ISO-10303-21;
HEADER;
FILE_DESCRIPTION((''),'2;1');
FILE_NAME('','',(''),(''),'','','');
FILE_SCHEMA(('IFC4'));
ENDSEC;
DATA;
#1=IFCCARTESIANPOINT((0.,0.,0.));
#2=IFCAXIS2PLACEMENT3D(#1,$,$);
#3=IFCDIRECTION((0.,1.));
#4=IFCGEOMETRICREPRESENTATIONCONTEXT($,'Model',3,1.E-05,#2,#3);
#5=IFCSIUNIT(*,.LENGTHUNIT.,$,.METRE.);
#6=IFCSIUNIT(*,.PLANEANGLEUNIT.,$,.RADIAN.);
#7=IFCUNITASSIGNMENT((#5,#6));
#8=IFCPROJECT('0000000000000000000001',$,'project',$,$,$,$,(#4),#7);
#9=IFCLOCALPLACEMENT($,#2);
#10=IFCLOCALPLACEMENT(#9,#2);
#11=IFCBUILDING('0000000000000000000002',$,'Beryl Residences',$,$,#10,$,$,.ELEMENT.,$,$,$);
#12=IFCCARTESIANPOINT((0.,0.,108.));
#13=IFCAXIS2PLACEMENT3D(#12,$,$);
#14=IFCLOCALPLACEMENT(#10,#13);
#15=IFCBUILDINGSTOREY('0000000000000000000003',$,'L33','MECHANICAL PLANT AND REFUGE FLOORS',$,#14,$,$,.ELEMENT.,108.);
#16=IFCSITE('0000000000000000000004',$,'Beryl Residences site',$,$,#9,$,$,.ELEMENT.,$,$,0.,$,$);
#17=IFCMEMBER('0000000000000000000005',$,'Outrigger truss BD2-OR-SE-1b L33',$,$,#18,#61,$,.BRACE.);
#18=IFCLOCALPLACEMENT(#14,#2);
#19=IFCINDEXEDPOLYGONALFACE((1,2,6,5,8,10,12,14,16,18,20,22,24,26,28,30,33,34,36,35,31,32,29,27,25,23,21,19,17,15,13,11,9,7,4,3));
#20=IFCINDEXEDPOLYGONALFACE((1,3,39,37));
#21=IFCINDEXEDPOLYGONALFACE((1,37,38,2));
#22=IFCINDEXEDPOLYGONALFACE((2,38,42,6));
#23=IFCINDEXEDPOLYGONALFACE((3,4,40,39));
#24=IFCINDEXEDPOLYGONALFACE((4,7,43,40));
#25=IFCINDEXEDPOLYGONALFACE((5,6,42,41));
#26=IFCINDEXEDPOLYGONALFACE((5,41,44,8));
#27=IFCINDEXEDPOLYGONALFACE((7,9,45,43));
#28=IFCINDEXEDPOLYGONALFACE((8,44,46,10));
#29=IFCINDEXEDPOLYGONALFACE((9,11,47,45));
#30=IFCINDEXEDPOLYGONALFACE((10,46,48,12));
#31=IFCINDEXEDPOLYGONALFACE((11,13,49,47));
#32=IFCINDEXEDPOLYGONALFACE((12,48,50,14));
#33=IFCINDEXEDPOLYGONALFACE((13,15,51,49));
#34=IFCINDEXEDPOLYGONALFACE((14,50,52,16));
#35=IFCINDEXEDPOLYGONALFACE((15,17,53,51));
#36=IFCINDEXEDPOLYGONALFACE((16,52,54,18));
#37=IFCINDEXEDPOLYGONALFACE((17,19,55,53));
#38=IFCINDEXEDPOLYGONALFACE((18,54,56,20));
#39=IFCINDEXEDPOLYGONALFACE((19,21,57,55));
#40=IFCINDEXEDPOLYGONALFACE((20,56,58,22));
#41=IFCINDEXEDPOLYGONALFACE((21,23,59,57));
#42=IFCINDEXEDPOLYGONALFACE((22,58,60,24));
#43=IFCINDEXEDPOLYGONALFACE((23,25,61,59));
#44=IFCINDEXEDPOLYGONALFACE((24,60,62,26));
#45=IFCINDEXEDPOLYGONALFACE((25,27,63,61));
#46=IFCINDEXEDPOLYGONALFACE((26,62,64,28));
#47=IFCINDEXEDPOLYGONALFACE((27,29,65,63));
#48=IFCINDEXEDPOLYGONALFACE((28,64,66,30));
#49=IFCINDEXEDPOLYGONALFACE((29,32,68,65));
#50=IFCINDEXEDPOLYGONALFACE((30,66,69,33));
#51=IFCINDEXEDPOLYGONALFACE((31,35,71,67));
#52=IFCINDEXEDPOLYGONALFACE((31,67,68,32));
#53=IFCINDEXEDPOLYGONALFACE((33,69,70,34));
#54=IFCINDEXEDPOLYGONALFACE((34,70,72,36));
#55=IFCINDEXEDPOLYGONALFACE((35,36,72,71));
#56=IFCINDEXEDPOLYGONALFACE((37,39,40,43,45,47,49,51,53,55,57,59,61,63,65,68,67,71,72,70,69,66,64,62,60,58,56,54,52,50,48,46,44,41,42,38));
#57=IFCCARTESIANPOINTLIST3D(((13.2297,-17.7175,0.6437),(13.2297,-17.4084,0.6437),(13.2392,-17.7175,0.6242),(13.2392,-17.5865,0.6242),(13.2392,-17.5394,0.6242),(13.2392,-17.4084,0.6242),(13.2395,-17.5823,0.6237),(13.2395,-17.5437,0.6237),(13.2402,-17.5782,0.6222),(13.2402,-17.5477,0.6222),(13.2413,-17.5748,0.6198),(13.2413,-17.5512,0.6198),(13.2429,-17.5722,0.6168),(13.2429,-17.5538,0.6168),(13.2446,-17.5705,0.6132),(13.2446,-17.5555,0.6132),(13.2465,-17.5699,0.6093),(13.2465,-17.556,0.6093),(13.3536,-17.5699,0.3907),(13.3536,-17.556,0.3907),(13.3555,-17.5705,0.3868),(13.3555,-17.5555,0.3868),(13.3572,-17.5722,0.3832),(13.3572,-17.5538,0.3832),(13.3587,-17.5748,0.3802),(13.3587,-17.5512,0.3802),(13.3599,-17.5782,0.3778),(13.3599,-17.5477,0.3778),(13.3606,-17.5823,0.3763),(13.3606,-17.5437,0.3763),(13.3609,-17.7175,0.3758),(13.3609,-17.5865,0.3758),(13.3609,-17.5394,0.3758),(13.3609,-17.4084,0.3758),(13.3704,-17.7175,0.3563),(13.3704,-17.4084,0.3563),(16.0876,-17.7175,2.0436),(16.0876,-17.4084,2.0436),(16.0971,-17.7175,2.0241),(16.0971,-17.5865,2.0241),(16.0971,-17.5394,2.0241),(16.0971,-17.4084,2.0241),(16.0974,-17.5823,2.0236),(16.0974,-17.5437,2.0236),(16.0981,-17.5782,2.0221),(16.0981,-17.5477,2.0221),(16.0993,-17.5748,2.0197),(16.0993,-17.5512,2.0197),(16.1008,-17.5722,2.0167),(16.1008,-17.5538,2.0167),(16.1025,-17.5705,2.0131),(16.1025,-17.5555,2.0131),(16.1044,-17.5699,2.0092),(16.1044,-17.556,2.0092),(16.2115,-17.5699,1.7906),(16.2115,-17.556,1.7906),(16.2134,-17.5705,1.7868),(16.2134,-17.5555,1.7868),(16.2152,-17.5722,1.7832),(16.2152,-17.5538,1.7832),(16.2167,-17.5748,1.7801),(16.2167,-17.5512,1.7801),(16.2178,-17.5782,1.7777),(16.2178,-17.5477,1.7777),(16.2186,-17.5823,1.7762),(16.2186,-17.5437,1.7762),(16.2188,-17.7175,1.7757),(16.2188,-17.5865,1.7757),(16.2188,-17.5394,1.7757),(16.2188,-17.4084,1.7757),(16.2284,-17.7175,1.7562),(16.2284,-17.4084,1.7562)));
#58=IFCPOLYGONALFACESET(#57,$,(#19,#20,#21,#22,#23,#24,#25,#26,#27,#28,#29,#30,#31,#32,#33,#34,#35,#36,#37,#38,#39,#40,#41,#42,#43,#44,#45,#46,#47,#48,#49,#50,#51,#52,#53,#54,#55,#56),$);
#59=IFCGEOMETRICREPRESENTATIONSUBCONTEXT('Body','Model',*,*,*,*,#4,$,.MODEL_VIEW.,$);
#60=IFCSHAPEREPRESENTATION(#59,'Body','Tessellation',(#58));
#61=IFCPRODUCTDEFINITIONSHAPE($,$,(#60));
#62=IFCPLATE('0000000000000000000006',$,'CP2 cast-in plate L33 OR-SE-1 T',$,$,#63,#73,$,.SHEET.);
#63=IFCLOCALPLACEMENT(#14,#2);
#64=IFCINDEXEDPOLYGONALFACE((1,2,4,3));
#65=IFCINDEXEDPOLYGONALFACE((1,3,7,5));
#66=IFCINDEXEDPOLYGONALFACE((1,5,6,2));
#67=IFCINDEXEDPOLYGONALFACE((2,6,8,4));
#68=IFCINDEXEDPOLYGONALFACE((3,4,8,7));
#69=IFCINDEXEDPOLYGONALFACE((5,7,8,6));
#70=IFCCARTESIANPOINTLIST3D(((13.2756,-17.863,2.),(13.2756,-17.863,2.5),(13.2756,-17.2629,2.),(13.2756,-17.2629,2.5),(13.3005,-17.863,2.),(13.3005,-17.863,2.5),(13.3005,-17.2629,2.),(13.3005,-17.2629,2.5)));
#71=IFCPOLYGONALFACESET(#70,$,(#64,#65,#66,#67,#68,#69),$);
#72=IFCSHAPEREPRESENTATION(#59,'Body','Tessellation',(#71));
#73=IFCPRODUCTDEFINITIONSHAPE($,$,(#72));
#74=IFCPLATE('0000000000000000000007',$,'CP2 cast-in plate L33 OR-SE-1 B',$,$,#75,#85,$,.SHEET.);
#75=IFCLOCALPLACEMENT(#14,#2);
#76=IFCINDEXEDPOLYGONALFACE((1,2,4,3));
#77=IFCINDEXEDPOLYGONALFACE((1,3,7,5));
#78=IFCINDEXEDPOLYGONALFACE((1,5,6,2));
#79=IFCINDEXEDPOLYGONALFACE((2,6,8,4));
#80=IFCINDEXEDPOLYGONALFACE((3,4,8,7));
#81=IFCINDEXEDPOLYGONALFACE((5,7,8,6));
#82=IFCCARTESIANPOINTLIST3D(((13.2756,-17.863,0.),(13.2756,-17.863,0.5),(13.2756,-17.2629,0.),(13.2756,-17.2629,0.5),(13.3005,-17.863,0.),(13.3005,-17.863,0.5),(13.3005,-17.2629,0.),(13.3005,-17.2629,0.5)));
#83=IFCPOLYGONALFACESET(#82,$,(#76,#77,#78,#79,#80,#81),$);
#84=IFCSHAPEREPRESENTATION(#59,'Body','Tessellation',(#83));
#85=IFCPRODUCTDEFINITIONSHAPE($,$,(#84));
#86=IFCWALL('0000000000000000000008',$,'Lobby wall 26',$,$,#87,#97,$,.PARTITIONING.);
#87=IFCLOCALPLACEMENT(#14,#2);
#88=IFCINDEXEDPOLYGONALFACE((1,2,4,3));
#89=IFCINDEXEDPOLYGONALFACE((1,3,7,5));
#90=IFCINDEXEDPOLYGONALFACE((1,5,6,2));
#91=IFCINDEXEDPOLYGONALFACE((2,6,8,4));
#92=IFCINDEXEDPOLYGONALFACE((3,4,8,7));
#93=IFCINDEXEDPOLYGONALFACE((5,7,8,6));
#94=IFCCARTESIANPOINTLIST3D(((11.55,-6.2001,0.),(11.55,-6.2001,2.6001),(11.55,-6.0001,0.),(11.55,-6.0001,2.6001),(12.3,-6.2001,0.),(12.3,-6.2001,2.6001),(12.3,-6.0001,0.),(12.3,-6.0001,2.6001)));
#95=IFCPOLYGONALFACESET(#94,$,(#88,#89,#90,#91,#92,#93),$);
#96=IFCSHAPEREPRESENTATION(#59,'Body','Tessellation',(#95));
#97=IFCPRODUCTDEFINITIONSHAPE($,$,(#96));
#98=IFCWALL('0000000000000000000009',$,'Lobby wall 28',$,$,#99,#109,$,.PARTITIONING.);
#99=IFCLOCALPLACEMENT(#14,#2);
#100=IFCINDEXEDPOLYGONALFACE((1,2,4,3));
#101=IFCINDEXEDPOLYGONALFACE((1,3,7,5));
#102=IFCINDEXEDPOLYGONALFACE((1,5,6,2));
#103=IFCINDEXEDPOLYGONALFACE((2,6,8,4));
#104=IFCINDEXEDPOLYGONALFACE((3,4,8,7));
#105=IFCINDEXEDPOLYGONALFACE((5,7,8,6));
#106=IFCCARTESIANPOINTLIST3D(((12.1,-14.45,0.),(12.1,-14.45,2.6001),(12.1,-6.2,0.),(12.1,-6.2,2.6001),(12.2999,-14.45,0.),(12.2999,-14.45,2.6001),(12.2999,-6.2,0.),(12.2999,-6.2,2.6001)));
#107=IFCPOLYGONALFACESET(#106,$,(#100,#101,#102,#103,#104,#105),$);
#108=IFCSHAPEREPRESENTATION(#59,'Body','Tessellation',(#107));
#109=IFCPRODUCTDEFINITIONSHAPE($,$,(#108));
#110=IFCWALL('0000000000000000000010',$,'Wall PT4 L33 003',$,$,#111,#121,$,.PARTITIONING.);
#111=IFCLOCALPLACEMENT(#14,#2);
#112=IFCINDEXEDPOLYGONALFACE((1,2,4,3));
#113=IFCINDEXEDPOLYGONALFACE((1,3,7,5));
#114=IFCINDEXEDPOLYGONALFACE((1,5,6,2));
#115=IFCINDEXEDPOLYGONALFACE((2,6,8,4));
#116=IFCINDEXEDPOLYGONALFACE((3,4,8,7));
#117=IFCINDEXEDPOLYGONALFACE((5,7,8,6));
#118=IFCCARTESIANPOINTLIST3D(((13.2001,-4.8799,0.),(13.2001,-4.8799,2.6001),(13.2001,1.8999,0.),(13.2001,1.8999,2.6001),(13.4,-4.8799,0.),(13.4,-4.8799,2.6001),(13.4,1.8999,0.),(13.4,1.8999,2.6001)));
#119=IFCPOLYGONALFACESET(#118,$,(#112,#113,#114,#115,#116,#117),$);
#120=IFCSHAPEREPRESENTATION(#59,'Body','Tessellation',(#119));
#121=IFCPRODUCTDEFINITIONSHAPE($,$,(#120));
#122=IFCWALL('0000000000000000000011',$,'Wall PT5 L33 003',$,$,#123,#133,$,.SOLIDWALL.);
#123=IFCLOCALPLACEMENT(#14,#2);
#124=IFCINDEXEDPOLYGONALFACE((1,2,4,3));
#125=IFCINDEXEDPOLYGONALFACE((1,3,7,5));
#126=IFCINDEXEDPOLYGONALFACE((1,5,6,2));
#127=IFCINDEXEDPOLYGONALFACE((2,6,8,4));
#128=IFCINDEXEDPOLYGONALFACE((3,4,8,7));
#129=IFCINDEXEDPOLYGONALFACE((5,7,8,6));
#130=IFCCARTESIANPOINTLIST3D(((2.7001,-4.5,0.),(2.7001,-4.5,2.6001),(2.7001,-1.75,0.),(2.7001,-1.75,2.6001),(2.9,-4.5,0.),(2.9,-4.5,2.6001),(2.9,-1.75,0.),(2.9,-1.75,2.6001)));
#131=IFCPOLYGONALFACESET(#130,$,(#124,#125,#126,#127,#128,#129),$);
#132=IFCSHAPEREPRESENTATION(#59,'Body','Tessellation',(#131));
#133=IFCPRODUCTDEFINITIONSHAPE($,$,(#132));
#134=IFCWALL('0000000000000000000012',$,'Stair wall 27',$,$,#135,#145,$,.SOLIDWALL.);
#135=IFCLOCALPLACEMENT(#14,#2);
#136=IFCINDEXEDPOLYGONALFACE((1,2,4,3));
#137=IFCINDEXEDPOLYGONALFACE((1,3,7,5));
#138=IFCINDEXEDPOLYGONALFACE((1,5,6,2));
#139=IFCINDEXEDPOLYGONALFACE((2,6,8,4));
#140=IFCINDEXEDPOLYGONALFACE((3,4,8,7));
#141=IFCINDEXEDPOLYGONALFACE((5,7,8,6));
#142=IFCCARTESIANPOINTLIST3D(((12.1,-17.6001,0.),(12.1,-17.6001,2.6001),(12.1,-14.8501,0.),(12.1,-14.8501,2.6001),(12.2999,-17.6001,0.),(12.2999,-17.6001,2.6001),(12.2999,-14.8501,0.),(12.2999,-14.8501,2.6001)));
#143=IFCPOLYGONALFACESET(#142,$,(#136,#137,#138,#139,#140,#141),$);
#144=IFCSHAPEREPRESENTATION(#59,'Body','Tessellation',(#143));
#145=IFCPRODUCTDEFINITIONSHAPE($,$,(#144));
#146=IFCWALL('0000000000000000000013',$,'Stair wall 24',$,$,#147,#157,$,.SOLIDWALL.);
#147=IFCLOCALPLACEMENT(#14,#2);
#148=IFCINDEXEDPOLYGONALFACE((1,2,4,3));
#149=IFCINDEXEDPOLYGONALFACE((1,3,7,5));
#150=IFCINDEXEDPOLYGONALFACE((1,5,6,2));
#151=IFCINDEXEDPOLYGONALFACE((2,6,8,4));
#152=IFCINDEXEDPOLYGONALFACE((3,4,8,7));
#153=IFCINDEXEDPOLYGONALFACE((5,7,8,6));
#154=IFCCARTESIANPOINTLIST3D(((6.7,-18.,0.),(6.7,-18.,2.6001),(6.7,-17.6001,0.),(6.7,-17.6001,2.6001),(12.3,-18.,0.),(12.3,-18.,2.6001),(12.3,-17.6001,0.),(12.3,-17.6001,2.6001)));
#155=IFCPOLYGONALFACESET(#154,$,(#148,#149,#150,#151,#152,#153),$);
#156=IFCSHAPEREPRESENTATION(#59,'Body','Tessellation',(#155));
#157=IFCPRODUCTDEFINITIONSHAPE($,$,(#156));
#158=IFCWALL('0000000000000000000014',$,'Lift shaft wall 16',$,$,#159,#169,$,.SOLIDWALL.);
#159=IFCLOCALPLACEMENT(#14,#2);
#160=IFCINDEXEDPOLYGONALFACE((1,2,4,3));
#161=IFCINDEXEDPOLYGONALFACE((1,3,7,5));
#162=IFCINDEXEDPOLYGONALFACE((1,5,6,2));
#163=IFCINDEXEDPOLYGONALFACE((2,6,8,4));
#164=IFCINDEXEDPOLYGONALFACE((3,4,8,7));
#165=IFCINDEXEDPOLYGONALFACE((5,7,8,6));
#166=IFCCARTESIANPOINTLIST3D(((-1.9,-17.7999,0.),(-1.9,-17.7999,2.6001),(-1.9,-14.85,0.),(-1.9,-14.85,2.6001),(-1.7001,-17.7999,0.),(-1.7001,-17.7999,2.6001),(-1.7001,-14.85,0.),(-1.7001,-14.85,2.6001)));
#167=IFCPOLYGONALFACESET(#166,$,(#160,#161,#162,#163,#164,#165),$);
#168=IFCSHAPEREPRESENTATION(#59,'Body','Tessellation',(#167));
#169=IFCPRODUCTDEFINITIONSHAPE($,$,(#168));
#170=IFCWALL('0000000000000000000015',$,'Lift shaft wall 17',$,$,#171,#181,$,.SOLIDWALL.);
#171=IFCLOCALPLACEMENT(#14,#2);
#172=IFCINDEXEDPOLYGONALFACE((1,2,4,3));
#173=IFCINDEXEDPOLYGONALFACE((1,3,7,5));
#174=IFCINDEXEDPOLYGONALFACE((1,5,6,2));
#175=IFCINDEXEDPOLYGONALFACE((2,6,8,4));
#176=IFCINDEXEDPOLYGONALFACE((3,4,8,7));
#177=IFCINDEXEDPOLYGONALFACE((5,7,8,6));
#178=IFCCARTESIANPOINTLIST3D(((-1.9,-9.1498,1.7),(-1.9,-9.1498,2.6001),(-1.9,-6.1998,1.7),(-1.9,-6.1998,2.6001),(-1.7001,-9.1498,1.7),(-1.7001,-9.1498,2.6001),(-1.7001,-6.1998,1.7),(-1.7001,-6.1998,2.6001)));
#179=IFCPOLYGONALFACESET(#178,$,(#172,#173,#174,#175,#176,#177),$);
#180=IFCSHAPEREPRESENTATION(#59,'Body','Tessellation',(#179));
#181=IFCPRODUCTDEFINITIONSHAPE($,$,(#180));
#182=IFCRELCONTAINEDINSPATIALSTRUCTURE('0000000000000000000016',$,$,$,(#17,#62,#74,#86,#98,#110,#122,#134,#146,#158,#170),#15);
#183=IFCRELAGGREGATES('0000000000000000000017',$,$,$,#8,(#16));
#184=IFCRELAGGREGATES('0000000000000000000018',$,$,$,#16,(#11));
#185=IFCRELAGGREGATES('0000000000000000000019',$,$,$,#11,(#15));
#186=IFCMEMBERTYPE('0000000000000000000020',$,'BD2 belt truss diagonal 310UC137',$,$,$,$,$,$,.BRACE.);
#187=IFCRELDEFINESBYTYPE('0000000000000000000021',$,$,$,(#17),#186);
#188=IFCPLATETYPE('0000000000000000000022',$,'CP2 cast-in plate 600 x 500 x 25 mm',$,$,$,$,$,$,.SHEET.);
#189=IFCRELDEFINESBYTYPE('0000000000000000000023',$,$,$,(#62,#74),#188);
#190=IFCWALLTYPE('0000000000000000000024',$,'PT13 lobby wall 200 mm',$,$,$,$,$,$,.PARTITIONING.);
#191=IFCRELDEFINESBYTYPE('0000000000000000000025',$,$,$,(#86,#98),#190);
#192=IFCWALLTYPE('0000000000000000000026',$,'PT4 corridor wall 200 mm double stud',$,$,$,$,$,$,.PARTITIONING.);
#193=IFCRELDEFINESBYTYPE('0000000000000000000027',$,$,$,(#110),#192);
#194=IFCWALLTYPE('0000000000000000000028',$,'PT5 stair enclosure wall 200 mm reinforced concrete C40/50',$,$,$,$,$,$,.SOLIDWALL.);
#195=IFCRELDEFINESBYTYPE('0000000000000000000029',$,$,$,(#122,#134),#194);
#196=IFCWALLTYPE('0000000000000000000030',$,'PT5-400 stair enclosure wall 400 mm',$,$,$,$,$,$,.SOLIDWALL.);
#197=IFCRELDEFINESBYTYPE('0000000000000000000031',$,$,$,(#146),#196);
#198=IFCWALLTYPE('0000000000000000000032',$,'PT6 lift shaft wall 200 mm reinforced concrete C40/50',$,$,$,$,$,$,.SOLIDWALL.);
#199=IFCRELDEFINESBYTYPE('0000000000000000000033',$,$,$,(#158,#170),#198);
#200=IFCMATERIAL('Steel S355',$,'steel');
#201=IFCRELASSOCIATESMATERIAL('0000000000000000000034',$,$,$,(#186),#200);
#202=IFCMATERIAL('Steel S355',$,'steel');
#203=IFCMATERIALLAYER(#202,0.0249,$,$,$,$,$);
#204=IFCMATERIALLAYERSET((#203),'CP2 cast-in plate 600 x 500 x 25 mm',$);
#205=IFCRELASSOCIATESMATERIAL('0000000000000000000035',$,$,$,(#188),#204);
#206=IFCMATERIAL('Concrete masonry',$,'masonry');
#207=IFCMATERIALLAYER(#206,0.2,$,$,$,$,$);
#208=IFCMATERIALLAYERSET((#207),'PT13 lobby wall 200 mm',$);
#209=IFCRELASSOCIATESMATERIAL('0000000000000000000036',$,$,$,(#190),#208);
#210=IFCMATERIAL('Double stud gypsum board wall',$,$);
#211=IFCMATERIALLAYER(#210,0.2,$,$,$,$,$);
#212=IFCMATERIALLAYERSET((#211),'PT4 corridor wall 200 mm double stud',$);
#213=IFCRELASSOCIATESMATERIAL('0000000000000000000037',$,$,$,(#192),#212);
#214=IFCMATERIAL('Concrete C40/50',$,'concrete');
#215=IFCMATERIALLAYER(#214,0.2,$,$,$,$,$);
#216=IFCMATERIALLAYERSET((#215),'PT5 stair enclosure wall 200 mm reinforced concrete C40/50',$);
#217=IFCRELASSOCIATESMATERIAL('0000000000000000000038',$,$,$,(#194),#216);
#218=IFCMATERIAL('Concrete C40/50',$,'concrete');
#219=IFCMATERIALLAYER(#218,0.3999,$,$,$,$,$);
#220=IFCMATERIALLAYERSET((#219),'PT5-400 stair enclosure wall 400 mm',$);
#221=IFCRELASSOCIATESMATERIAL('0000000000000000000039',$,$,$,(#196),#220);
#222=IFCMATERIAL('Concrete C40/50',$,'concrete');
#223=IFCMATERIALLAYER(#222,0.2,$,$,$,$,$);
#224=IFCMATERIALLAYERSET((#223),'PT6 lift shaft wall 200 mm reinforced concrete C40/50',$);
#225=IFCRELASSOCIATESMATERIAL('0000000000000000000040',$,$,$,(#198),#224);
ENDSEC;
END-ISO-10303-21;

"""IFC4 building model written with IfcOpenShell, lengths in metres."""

from ifc_helpers import new_model, si_unit, direction, frame, frame_2d, origin, origin_2d, place, context, subcontext, project, spatial, rectangle, i_section, extrude, material, layer, layer_set, material_profile, profile_set, type_object, element, save


model = new_model("IFC4")

# Units and contexts
model_context = context("Model", 3, precision=1e-05, world=origin(), true_north=direction((0.0, 1.0)))
body_context = subcontext(model_context, "Body", "Model", "MODEL_VIEW")
ifc_project = project(units=[si_unit("LENGTHUNIT", "METRE"), si_unit("PLANEANGLEUNIT", "RADIAN")], contexts=[model_context])

# Site, building, storey
site_placement = place(None, origin())
site = spatial("IfcSite", under=ifc_project, at=site_placement, Name="Beryl Residences site", CompositionType="ELEMENT", RefElevation=0.0)
building_placement = place(site_placement, origin())
building = spatial("IfcBuilding", under=site, at=building_placement, Name="Beryl Residences", CompositionType="ELEMENT")
storey_placement = place(building_placement, frame((0.0, 0.0, 108.0)))
storey = spatial("IfcBuildingStorey", under=building, at=storey_placement, Name="L33", Description="MECHANICAL PLANT AND REFUGE FLOORS", CompositionType="ELEMENT", Elevation=108.0)

# Member
ifc_material_1 = material(Name="Steel S355", Category="steel")
ifc_material_profile = material_profile(ifc_material_1, i_section(OverallWidth=0.3091, OverallDepth=0.3201, WebThickness=0.0139, FlangeThickness=0.0217, FilletRadius=0.0166, at=origin_2d()))
ifc_profile_set = profile_set([ifc_material_profile], Name="Steel S355")
member_type = type_object("IfcMemberType", Name="BD2 belt truss diagonal 310UC137", PredefinedType="BRACE", material=ifc_profile_set)
member_placement = place(storey_placement, frame((13.3, -17.563, 0.5), z_axis=(0.898049, 0.0, 0.439895), x_axis=(0.0, 1.0, 0.0)))
element("IfcMember", 1, at=member_placement, inside=storey, type_object=member_type, Name="Outrigger truss BD2-OR-SE-1b L33", PredefinedType="BRACE", context=body_context, shape_type="SweptSolid", body=[
    extrude(i_section(OverallWidth=0.3091, OverallDepth=0.3201, WebThickness=0.0139, FlangeThickness=0.0217, FilletRadius=0.0166, at=origin_2d()), origin(), (0.0, 0.0, 1.0), 3.1824),
])

# Plates
ifc_material_2 = material(Name="Steel S355", Category="steel")
ifc_layer_1 = layer(ifc_material_2, 0.0249)
ifc_layer_set_1 = layer_set([ifc_layer_1], Name="CP2 cast-in plate 600 x 500 x 25 mm")
plate_type = type_object("IfcPlateType", Name="CP2 cast-in plate 600 x 500 x 25 mm", PredefinedType="SHEET", material=ifc_layer_set_1)
for number, where, z_axis, x_axis, name in (
    (2, (13.2881, -17.563, 2.0), (0.0, 0.0, 1.0), (-1.0, 0.0, 0.0), "CP2 cast-in plate L33 OR-SE-1 T"),
    (3, (13.2881, -17.563, 0.0), (0.0, 0.0, 1.0), (-1.0, 0.0, 0.0), "CP2 cast-in plate L33 OR-SE-1 B"),
):
    element("IfcPlate", number, at=place(storey_placement, frame(where, z_axis=z_axis, x_axis=x_axis)), inside=storey, type_object=plate_type, Name=name, PredefinedType="SHEET", context=body_context, shape_type="SweptSolid", body=[
        extrude(rectangle(XDim=0.0249, YDim=0.6001, at=origin_2d()), origin(), (0.0, 0.0, 1.0), 0.5),
    ])

# Walls
ifc_material_3 = material(Name="Concrete masonry", Category="masonry")
ifc_layer_2 = layer(ifc_material_3, 0.2)
ifc_layer_set_2 = layer_set([ifc_layer_2], Name="PT13 lobby wall 200 mm")
wall_type_1 = type_object("IfcWallType", Name="PT13 lobby wall 200 mm", PredefinedType="PARTITIONING", material=ifc_layer_set_2)
wall_1_placement = place(storey_placement, frame((11.55, -6.1001, 0.0), z_axis=(0.0, 0.0, 1.0), x_axis=(1.0, 0.0, 0.0)))
element("IfcWall", 4, at=wall_1_placement, inside=storey, type_object=wall_type_1, Name="Lobby wall 26", PredefinedType="PARTITIONING", context=body_context, shape_type="SweptSolid", body=[
    extrude(rectangle(XDim=0.75, YDim=0.2, at=frame_2d((0.375, 0.0))), origin(), (0.0, 0.0, 1.0), 2.6001),
])
wall_2_placement = place(storey_placement, frame((12.2, -14.45, 0.0), z_axis=(0.0, 0.0, 1.0), x_axis=(0.0, 1.0, 0.0)))
element("IfcWall", 5, at=wall_2_placement, inside=storey, type_object=wall_type_1, Name="Lobby wall 28", PredefinedType="PARTITIONING", context=body_context, shape_type="SweptSolid", body=[
    extrude(rectangle(XDim=8.25, YDim=0.2, at=frame_2d((4.125, 0.0))), origin(), (0.0, 0.0, 1.0), 2.6001),
])
ifc_material_4 = material(Name="Double stud gypsum board wall")
ifc_layer_3 = layer(ifc_material_4, 0.2)
ifc_layer_set_3 = layer_set([ifc_layer_3], Name="PT4 corridor wall 200 mm double stud")
wall_type_2 = type_object("IfcWallType", Name="PT4 corridor wall 200 mm double stud", PredefinedType="PARTITIONING", material=ifc_layer_set_3)
wall_3_placement = place(storey_placement, frame((13.3, -4.8799, 0.0), z_axis=(0.0, 0.0, 1.0), x_axis=(0.0, 1.0, 0.0)))
element("IfcWall", 6, at=wall_3_placement, inside=storey, type_object=wall_type_2, Name="Wall PT4 L33 003", PredefinedType="PARTITIONING", context=body_context, shape_type="SweptSolid", body=[
    extrude(rectangle(XDim=6.7798, YDim=0.2, at=frame_2d((3.3899, 0.0))), origin(), (0.0, 0.0, 1.0), 2.6001),
])
ifc_material_5 = material(Name="Concrete C40/50", Category="concrete")
ifc_layer_4 = layer(ifc_material_5, 0.2)
ifc_layer_set_4 = layer_set([ifc_layer_4], Name="PT5 stair enclosure wall 200 mm reinforced concrete C40/50")
wall_type_3 = type_object("IfcWallType", Name="PT5 stair enclosure wall 200 mm reinforced concrete C40/50", PredefinedType="SOLIDWALL", material=ifc_layer_set_4)
for number, where, z_axis, x_axis, name in (
    (7, (2.8, -4.5, 0.0), (0.0, 0.0, 1.0), (0.0, 1.0, 0.0), "Wall PT5 L33 003"),
    (8, (12.2, -17.6001, 0.0), (0.0, 0.0, 1.0), (0.0, 1.0, 0.0), "Stair wall 27"),
):
    element("IfcWall", number, at=place(storey_placement, frame(where, z_axis=z_axis, x_axis=x_axis)), inside=storey, type_object=wall_type_3, Name=name, PredefinedType="SOLIDWALL", context=body_context, shape_type="SweptSolid", body=[
        extrude(rectangle(XDim=2.75, YDim=0.2, at=frame_2d((1.375, 0.0))), origin(), (0.0, 0.0, 1.0), 2.6001),
    ])
ifc_material_6 = material(Name="Concrete C40/50", Category="concrete")
ifc_layer_5 = layer(ifc_material_6, 0.3999)
ifc_layer_set_5 = layer_set([ifc_layer_5], Name="PT5-400 stair enclosure wall 400 mm")
wall_type_4 = type_object("IfcWallType", Name="PT5-400 stair enclosure wall 400 mm", PredefinedType="SOLIDWALL", material=ifc_layer_set_5)
wall_4_placement = place(storey_placement, frame((6.7, -17.8, 0.0), z_axis=(0.0, 0.0, 1.0), x_axis=(1.0, 0.0, 0.0)))
element("IfcWall", 9, at=wall_4_placement, inside=storey, type_object=wall_type_4, Name="Stair wall 24", PredefinedType="SOLIDWALL", context=body_context, shape_type="SweptSolid", body=[
    extrude(rectangle(XDim=5.6001, YDim=0.3999, at=frame_2d((2.8, 0.0))), origin(), (0.0, 0.0, 1.0), 2.6001),
])
ifc_material_7 = material(Name="Concrete C40/50", Category="concrete")
ifc_layer_6 = layer(ifc_material_7, 0.2)
ifc_layer_set_6 = layer_set([ifc_layer_6], Name="PT6 lift shaft wall 200 mm reinforced concrete C40/50")
wall_type_5 = type_object("IfcWallType", Name="PT6 lift shaft wall 200 mm reinforced concrete C40/50", PredefinedType="SOLIDWALL", material=ifc_layer_set_6)
wall_5_placement = place(storey_placement, frame((-1.8, -17.8, 0.0), z_axis=(0.0, 0.0, 1.0), x_axis=(0.0, 1.0, 0.0)))
element("IfcWall", 10, at=wall_5_placement, inside=storey, type_object=wall_type_5, Name="Lift shaft wall 16", PredefinedType="SOLIDWALL", context=body_context, shape_type="SweptSolid", body=[
    extrude(rectangle(XDim=2.95, YDim=0.2, at=frame_2d((1.4751, 0.0))), origin(), (0.0, 0.0, 1.0), 2.6001),
])
wall_6_placement = place(storey_placement, frame((-1.8, -9.1499, 1.7), z_axis=(0.0, 0.0, 1.0), x_axis=(0.0, 1.0, 0.0)))
element("IfcWall", 11, at=wall_6_placement, inside=storey, type_object=wall_type_5, Name="Lift shaft wall 17", PredefinedType="SOLIDWALL", context=body_context, shape_type="SweptSolid", body=[
    extrude(rectangle(XDim=2.95, YDim=0.2, at=frame_2d((1.4751, 0.0))), origin(), (0.0, 0.0, 1.0), 0.9001),
])

save(model, "model.ifc")
